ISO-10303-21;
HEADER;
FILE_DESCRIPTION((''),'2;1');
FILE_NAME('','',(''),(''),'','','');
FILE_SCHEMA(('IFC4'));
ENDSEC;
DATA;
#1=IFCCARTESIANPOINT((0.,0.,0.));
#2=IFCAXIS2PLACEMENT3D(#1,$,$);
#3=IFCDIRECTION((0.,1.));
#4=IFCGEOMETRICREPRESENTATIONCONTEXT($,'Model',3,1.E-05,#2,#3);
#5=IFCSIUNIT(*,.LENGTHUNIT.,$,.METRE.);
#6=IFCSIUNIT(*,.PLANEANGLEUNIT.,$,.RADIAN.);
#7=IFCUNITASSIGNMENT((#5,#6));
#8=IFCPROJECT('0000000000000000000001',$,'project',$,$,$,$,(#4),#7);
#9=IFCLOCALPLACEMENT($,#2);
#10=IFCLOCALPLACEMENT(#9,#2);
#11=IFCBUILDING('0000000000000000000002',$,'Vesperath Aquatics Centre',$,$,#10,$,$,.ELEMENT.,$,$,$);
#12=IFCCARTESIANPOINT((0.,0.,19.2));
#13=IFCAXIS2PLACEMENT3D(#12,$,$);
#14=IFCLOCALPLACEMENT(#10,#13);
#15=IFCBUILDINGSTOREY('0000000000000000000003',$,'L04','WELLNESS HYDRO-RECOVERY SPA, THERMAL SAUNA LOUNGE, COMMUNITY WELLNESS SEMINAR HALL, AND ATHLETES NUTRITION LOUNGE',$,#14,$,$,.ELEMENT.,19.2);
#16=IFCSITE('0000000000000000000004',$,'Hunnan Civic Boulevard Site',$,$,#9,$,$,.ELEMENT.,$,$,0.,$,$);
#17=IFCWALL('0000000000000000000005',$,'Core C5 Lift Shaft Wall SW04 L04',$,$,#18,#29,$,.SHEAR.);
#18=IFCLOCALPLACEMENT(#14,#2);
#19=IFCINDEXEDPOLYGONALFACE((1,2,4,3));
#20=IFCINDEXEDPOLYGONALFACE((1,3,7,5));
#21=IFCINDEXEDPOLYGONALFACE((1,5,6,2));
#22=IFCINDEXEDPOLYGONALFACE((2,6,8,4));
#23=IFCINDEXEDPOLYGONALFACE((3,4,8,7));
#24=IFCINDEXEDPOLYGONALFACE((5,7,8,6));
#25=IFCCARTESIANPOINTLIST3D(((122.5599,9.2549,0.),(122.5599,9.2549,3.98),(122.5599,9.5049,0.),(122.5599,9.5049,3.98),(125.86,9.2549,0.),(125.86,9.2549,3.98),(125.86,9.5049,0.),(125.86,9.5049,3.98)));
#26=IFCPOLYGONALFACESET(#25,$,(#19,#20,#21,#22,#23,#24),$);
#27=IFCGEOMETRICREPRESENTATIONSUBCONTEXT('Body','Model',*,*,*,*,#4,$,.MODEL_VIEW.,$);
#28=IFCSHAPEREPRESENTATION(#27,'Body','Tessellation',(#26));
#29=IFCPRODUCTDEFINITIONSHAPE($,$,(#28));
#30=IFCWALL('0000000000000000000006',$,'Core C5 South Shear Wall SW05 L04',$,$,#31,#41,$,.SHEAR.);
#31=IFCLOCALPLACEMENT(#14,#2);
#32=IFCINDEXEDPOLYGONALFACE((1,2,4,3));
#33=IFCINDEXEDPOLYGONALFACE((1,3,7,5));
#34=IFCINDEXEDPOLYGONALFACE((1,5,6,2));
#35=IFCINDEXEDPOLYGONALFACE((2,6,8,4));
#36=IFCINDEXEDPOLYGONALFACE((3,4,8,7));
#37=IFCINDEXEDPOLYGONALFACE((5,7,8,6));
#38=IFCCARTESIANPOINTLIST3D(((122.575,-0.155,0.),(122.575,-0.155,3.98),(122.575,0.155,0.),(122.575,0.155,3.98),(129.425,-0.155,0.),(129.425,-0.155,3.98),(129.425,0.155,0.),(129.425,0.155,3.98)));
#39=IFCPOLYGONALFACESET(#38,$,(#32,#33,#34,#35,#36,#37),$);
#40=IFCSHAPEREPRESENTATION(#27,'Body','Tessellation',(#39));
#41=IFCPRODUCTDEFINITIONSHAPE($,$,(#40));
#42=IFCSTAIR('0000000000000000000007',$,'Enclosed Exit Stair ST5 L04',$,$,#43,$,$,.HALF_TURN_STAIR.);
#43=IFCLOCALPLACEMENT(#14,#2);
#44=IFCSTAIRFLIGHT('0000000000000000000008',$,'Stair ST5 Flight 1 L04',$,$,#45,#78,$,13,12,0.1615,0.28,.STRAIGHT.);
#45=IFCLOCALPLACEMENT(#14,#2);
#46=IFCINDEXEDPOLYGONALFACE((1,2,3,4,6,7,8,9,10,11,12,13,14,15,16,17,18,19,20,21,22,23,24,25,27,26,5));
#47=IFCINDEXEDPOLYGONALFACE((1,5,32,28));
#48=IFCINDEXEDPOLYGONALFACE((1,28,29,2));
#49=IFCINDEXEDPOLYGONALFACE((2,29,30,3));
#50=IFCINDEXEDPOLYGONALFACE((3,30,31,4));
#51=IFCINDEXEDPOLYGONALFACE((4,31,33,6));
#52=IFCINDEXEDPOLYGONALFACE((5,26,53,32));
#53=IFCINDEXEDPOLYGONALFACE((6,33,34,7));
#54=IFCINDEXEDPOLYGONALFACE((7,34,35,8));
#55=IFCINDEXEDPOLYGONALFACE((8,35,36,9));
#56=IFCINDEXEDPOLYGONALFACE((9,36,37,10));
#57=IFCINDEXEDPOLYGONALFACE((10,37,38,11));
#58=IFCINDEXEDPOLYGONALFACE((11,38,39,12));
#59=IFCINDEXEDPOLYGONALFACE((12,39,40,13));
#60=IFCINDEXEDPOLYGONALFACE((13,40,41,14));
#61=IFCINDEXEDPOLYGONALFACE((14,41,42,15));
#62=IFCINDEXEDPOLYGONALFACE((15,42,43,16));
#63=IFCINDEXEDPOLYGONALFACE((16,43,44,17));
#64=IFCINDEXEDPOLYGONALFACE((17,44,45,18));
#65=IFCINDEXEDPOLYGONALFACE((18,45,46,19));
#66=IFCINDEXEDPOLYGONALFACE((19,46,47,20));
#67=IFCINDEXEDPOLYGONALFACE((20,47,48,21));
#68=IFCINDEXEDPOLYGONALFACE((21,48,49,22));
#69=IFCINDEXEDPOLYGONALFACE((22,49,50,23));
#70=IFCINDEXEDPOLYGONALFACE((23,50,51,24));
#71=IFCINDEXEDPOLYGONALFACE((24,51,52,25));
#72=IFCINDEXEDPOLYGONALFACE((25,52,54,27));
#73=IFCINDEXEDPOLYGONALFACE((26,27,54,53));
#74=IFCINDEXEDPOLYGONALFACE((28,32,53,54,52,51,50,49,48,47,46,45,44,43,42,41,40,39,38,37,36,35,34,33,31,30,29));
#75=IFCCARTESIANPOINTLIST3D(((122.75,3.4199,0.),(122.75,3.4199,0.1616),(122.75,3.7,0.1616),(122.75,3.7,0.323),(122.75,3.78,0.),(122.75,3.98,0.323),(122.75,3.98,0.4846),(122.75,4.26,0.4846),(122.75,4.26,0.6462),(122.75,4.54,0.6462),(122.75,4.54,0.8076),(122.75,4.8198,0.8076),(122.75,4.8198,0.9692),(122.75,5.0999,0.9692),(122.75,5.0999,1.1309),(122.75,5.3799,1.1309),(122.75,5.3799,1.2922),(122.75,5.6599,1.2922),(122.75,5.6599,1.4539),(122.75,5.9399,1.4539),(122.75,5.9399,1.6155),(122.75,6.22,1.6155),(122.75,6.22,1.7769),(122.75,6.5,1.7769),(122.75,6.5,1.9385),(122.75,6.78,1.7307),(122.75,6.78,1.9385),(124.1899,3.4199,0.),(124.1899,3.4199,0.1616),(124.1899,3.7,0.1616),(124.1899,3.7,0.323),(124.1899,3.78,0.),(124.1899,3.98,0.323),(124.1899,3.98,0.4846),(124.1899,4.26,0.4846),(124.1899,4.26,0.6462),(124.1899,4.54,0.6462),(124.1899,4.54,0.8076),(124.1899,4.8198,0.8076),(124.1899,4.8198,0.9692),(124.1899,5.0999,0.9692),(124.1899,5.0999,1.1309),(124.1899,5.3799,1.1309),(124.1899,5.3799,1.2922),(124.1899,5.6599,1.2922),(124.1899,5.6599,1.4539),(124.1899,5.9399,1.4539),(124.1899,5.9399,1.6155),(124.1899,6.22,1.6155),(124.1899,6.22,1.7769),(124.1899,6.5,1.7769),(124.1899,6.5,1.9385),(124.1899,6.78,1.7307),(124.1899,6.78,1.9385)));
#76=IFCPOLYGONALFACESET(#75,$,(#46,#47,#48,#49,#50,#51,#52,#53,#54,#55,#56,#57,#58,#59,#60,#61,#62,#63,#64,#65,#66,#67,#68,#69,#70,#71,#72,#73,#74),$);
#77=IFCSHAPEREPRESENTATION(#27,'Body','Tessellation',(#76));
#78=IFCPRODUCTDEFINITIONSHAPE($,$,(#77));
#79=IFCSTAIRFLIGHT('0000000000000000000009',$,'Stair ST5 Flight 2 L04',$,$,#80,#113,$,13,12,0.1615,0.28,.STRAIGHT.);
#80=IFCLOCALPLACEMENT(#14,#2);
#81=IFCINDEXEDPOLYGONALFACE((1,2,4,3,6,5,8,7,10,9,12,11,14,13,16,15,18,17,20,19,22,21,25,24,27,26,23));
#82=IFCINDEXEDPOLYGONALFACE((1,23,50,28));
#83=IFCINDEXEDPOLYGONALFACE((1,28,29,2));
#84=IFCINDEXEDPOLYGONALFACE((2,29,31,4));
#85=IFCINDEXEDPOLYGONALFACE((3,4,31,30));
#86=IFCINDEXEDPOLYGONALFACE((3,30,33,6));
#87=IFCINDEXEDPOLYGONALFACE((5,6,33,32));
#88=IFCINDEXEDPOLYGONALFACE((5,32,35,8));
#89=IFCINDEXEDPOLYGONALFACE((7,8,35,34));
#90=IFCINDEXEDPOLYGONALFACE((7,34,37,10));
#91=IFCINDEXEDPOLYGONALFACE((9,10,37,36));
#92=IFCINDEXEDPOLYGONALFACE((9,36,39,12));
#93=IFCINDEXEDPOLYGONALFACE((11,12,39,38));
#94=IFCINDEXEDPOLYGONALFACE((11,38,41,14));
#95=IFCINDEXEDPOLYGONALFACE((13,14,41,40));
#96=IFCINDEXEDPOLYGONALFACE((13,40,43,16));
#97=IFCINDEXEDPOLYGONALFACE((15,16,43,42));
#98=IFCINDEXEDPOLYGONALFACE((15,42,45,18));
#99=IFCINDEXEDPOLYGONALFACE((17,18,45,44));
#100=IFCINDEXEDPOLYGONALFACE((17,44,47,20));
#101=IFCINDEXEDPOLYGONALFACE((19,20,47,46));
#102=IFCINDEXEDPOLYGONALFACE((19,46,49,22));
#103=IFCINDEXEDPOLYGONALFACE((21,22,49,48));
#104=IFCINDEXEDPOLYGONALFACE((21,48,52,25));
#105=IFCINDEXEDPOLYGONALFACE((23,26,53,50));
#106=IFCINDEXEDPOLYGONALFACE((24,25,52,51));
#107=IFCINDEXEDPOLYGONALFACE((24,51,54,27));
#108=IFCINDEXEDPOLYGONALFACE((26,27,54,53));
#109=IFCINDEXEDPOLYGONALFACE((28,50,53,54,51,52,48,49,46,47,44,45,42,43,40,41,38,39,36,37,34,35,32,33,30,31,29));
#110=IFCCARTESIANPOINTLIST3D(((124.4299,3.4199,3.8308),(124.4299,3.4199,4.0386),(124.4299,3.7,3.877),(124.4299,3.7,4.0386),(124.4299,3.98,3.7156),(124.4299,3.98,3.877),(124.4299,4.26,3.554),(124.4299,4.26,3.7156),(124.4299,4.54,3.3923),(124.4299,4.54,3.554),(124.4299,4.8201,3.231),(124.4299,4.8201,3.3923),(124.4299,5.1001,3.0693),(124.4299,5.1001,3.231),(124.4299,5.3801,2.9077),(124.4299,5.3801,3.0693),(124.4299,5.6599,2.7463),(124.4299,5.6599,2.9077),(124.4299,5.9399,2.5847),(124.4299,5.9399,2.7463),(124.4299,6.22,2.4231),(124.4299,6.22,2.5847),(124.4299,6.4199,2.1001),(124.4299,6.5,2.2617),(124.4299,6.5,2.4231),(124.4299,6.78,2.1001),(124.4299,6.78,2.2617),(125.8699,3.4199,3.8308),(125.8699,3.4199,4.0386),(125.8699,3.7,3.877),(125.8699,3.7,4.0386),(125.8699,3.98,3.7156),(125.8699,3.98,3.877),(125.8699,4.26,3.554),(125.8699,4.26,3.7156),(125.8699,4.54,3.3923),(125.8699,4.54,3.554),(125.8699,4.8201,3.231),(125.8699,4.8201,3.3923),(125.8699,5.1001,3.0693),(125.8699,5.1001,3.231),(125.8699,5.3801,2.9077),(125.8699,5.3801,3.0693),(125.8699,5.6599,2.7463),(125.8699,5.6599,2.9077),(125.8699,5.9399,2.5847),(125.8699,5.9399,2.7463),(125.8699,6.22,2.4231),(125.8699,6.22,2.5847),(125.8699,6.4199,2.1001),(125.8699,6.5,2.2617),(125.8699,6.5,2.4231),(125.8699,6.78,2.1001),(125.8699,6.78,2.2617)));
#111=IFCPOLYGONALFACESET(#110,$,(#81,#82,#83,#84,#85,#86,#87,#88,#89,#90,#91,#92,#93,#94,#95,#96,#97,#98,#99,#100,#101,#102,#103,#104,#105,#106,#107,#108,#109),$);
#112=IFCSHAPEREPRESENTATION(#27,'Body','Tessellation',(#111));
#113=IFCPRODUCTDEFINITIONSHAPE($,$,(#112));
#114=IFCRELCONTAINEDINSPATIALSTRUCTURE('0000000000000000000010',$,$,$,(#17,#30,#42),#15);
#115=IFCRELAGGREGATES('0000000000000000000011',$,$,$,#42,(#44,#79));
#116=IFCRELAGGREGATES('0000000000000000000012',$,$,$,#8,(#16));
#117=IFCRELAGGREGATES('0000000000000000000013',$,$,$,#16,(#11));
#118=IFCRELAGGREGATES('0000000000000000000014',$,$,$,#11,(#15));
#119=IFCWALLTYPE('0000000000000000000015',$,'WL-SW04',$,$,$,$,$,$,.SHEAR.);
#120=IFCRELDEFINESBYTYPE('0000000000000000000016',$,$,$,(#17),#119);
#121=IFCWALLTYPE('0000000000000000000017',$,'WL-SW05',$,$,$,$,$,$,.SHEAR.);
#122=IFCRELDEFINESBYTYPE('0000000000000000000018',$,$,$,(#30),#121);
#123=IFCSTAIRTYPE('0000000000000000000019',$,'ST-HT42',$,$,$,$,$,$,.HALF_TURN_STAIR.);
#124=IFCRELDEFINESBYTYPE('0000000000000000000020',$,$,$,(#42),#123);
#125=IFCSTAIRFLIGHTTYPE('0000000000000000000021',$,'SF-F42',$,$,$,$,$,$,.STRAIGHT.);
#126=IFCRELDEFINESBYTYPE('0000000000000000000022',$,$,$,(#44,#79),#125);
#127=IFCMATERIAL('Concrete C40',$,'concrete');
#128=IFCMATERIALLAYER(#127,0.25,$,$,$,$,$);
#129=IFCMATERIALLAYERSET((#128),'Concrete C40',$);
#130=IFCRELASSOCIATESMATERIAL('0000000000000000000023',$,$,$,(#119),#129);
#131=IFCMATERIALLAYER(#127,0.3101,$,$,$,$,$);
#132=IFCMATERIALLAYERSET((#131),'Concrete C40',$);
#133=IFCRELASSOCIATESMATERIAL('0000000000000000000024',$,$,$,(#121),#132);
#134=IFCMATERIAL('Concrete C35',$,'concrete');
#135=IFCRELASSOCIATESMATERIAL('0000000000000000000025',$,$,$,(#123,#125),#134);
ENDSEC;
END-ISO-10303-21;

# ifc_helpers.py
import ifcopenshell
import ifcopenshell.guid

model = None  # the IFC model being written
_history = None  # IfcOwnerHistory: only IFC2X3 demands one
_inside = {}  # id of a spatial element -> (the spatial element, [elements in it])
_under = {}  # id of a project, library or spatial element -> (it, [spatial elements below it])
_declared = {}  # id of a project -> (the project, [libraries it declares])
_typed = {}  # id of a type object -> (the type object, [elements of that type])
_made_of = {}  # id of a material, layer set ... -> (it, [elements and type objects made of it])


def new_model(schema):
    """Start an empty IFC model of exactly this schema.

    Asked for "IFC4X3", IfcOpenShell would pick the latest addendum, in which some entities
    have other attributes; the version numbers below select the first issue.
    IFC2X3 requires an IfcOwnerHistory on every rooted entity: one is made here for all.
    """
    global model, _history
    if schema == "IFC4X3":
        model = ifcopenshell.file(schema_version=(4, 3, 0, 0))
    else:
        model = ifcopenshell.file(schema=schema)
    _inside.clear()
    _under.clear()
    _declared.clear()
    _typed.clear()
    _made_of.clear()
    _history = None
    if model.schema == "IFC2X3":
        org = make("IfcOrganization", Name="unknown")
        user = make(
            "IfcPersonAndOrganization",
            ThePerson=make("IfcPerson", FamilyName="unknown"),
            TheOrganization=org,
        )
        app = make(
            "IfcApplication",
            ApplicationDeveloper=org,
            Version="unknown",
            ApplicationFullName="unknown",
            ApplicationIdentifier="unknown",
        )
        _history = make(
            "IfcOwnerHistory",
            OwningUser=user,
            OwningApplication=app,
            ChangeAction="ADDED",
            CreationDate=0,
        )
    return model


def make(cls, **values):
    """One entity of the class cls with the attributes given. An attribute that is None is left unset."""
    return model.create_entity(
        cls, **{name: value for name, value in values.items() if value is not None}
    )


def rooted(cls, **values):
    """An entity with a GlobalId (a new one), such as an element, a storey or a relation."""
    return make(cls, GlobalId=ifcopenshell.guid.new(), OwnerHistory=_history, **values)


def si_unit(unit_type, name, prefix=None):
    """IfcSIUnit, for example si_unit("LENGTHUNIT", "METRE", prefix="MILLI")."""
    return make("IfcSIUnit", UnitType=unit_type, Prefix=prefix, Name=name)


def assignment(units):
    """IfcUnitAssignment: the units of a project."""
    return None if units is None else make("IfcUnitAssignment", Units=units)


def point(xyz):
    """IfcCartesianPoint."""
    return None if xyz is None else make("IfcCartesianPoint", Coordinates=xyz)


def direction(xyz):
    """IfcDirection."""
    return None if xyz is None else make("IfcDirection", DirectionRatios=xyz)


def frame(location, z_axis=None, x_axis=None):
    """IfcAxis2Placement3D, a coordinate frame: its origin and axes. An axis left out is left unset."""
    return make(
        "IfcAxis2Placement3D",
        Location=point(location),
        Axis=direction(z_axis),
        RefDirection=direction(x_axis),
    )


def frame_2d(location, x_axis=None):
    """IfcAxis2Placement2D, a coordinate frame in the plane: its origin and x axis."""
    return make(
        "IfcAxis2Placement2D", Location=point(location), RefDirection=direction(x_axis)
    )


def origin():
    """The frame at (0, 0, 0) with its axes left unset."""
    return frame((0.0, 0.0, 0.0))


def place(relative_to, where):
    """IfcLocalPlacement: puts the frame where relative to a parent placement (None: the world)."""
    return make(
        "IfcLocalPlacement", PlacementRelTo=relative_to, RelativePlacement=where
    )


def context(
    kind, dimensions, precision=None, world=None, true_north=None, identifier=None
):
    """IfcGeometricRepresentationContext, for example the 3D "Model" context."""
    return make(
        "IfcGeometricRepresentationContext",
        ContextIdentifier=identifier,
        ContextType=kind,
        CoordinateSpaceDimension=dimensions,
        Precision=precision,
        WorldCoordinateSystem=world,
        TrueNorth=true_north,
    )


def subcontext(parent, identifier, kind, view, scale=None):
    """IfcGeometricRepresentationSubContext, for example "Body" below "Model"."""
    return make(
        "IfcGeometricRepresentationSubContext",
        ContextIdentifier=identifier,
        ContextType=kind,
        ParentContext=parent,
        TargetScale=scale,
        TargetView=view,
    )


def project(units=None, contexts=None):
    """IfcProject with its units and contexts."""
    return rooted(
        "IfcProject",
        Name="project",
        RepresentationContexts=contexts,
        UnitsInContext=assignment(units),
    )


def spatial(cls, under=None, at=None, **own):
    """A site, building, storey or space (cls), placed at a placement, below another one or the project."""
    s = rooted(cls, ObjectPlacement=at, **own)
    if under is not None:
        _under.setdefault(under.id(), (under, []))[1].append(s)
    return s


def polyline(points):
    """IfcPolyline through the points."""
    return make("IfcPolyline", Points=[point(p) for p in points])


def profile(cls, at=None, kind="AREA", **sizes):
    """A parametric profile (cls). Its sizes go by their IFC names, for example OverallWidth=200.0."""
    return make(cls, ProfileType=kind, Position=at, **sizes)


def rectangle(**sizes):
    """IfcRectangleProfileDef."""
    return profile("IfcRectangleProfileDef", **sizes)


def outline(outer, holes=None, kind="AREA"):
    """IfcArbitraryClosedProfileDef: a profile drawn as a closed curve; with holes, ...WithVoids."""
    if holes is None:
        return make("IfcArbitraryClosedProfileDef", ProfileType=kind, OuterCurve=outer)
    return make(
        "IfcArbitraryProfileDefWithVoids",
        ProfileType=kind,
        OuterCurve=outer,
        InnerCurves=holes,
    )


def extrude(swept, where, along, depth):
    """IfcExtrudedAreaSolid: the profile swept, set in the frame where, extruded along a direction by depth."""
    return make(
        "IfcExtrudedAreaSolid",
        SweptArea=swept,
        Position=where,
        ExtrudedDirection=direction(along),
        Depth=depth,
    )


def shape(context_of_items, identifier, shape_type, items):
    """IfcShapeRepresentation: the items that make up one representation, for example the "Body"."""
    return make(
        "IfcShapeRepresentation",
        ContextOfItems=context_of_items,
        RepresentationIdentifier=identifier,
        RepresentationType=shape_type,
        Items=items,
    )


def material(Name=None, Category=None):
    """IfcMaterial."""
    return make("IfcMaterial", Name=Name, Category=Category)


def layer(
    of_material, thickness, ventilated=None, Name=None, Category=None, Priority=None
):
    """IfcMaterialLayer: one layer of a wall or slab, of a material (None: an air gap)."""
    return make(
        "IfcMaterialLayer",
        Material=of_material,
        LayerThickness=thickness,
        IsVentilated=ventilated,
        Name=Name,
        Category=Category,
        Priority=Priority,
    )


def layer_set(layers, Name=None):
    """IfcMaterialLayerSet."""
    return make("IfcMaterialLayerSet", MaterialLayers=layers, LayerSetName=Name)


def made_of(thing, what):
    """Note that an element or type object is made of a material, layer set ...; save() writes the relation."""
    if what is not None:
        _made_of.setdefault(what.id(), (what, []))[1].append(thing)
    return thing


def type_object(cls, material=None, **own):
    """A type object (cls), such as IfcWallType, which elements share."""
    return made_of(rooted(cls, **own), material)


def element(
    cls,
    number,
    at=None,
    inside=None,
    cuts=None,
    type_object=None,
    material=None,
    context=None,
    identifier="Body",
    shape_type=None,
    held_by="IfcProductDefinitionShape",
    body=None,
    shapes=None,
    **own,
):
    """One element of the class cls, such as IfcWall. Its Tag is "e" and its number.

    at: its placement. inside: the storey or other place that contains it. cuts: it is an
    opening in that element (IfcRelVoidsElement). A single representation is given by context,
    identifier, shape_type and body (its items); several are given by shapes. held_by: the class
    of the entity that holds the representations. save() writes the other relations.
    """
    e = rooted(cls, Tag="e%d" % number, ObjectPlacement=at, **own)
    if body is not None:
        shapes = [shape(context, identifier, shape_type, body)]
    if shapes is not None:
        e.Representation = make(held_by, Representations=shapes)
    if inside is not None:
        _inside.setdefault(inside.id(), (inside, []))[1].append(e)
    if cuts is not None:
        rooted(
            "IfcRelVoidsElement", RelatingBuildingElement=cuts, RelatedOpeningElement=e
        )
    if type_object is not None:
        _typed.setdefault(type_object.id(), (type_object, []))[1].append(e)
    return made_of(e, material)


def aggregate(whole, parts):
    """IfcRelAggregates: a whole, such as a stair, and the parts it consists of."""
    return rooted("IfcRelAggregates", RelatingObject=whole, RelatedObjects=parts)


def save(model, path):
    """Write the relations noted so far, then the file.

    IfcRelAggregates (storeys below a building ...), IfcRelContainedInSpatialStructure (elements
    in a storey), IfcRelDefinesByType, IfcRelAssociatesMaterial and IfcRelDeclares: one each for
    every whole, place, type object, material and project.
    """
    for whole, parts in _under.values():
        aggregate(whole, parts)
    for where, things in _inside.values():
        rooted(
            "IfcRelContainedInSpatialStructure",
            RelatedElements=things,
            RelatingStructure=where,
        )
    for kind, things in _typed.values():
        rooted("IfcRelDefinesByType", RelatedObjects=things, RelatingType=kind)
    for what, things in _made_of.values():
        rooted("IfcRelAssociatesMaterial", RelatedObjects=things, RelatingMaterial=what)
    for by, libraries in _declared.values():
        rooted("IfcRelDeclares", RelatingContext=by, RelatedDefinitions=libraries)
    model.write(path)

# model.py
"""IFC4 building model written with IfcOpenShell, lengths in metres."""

from ifc_helpers import new_model, si_unit, direction, frame, frame_2d, origin, place, context, subcontext, project, spatial, polyline, rectangle, outline, extrude, material, layer, layer_set, type_object, element, aggregate, save


model = new_model("IFC4")

# Units and contexts
model_context = context("Model", 3, precision=1e-05, world=origin(), true_north=direction((0.0, 1.0)))
body_context = subcontext(model_context, "Body", "Model", "MODEL_VIEW")
ifc_project = project(units=[si_unit("LENGTHUNIT", "METRE"), si_unit("PLANEANGLEUNIT", "RADIAN")], contexts=[model_context])

# Site, building, storey
site_placement = place(None, origin())
site = spatial("IfcSite", under=ifc_project, at=site_placement, Name="Hunnan Civic Boulevard Site", CompositionType="ELEMENT", RefElevation=0.0)
building_placement = place(site_placement, origin())
building = spatial("IfcBuilding", under=site, at=building_placement, Name="Vesperath Aquatics Centre", CompositionType="ELEMENT")
storey_placement = place(building_placement, frame((0.0, 0.0, 19.2)))
storey = spatial("IfcBuildingStorey", under=building, at=storey_placement, Name="L04", Description="WELLNESS HYDRO-RECOVERY SPA, THERMAL SAUNA LOUNGE, COMMUNITY WELLNESS SEMINAR HALL, AND ATHLETES NUTRITION LOUNGE", CompositionType="ELEMENT", Elevation=19.2)

# Shared definitions
ifc_material_1 = material(Name="Concrete C35", Category="concrete")

# Shared definitions
ifc_material_2 = material(Name="Concrete C40", Category="concrete")

# Walls
ifc_layer_1 = layer(ifc_material_2, 0.25)
ifc_layer_set_1 = layer_set([ifc_layer_1], Name="Concrete C40")
wall_type_1 = type_object("IfcWallType", Name="WL-SW04", PredefinedType="SHEAR", material=ifc_layer_set_1)
wall_1_placement = place(storey_placement, frame((122.5601, 9.3799, 0.0), z_axis=(0.0, 0.0, 1.0), x_axis=(1.0, 0.0, 0.0)))
element("IfcWall", 1, at=wall_1_placement, inside=storey, type_object=wall_type_1, Name="Core C5 Lift Shaft Wall SW04 L04", PredefinedType="SHEAR", context=body_context, shape_type="SweptSolid", body=[
    extrude(rectangle(XDim=3.3, YDim=0.25, at=frame_2d((1.6499, 0.0))), origin(), (0.0, 0.0, 1.0), 3.98),
])
ifc_layer_2 = layer(ifc_material_2, 0.3101)
ifc_layer_set_2 = layer_set([ifc_layer_2], Name="Concrete C40")
wall_type_2 = type_object("IfcWallType", Name="WL-SW05", PredefinedType="SHEAR", material=ifc_layer_set_2)
wall_2_placement = place(storey_placement, frame((122.575, 0.0, 0.0), z_axis=(0.0, 0.0, 1.0), x_axis=(1.0, 0.0, 0.0)))
element("IfcWall", 2, at=wall_2_placement, inside=storey, type_object=wall_type_2, Name="Core C5 South Shear Wall SW05 L04", PredefinedType="SHEAR", context=body_context, shape_type="SweptSolid", body=[
    extrude(rectangle(XDim=6.8501, YDim=0.3101, at=frame_2d((3.425, 0.0))), origin(), (0.0, 0.0, 1.0), 3.98),
])

# Stair, stair flights
stair_type = type_object("IfcStairType", Name="ST-HT42", PredefinedType="HALF_TURN_STAIR", material=ifc_material_1)
stair_placement = place(storey_placement, origin())
stair = element("IfcStair", 3, at=stair_placement, inside=storey, type_object=stair_type, Name="Enclosed Exit Stair ST5 L04", PredefinedType="HALF_TURN_STAIR")
stair_flight_type = type_object("IfcStairFlightType", Name="SF-F42", PredefinedType="STRAIGHT", material=ifc_material_1)
stair_flight_1_placement = place(storey_placement, frame((123.47, 3.4199, 0.0), z_axis=(0.0, 0.0, 1.0), x_axis=(0.0, 1.0, 0.0)))
stair_flight_1 = element("IfcStairFlight", 4, at=stair_flight_1_placement, type_object=stair_flight_type, Name="Stair ST5 Flight 1 L04", NumberOfRisers=13, NumberOfTreads=12, PredefinedType="STRAIGHT", RiserHeight=0.1615, TreadLength=0.28, context=body_context, shape_type="SweptSolid", body=[
    extrude(outline(polyline([(0.0, 0.0), (0.0, 0.1616), (0.28, 0.1616), (0.28, 0.323), (0.5601, 0.323), (0.5601, 0.4846), (0.8401, 0.4846), (0.8401, 0.6462), (1.1201, 0.6462), (1.1201, 0.8076), (1.3999, 0.8076), (1.3999, 0.9692), (1.6799, 0.9692), (1.6799, 1.1309), (1.96, 1.1309), (1.96, 1.2922), (2.24, 1.2922), (2.24, 1.4539), (2.52, 1.4539), (2.52, 1.6155), (2.8, 1.6155), (2.8, 1.7769), (3.0801, 1.7769), (3.0801, 1.9385), (3.3601, 1.9385), (3.3601, 2.1001), (3.3601, 1.7307), (0.3601, 0.0), (0.0, 0.0)])), frame((0.0, 0.72, 0.0), z_axis=(0.0, -1.0, 0.0), x_axis=(1.0, 0.0, 0.0)), (0.0, 0.0, 1.0), 1.4399),
])
stair_flight_2_placement = place(storey_placement, frame((125.1499, 6.78, 2.1001), z_axis=(0.0, 0.0, 1.0), x_axis=(0.0, -1.0, 0.0)))
stair_flight_2 = element("IfcStairFlight", 5, at=stair_flight_2_placement, type_object=stair_flight_type, Name="Stair ST5 Flight 2 L04", NumberOfRisers=13, NumberOfTreads=12, PredefinedType="STRAIGHT", RiserHeight=0.1615, TreadLength=0.28, context=body_context, shape_type="SweptSolid", body=[
    extrude(outline(polyline([(0.0, 0.0), (0.0, 0.1616), (0.28, 0.1616), (0.28, 0.323), (0.5601, 0.323), (0.5601, 0.4846), (0.8401, 0.4846), (0.8401, 0.6462), (1.1201, 0.6462), (1.1201, 0.8076), (1.3999, 0.8076), (1.3999, 0.9692), (1.6799, 0.9692), (1.6799, 1.1309), (1.96, 1.1309), (1.96, 1.2922), (2.24, 1.2922), (2.24, 1.4539), (2.52, 1.4539), (2.52, 1.6155), (2.8, 1.6155), (2.8, 1.7769), (3.0801, 1.7769), (3.0801, 1.9385), (3.3601, 1.9385), (3.3601, 2.1001), (3.3601, 1.7307), (0.3601, 0.0), (0.0, 0.0)])), frame((0.0, 0.72, 0.0), z_axis=(0.0, -1.0, 0.0), x_axis=(1.0, 0.0, 0.0)), (0.0, 0.0, 1.0), 1.4399),
])
aggregate(stair, [stair_flight_1, stair_flight_2])

save(model, "model.ifc")
